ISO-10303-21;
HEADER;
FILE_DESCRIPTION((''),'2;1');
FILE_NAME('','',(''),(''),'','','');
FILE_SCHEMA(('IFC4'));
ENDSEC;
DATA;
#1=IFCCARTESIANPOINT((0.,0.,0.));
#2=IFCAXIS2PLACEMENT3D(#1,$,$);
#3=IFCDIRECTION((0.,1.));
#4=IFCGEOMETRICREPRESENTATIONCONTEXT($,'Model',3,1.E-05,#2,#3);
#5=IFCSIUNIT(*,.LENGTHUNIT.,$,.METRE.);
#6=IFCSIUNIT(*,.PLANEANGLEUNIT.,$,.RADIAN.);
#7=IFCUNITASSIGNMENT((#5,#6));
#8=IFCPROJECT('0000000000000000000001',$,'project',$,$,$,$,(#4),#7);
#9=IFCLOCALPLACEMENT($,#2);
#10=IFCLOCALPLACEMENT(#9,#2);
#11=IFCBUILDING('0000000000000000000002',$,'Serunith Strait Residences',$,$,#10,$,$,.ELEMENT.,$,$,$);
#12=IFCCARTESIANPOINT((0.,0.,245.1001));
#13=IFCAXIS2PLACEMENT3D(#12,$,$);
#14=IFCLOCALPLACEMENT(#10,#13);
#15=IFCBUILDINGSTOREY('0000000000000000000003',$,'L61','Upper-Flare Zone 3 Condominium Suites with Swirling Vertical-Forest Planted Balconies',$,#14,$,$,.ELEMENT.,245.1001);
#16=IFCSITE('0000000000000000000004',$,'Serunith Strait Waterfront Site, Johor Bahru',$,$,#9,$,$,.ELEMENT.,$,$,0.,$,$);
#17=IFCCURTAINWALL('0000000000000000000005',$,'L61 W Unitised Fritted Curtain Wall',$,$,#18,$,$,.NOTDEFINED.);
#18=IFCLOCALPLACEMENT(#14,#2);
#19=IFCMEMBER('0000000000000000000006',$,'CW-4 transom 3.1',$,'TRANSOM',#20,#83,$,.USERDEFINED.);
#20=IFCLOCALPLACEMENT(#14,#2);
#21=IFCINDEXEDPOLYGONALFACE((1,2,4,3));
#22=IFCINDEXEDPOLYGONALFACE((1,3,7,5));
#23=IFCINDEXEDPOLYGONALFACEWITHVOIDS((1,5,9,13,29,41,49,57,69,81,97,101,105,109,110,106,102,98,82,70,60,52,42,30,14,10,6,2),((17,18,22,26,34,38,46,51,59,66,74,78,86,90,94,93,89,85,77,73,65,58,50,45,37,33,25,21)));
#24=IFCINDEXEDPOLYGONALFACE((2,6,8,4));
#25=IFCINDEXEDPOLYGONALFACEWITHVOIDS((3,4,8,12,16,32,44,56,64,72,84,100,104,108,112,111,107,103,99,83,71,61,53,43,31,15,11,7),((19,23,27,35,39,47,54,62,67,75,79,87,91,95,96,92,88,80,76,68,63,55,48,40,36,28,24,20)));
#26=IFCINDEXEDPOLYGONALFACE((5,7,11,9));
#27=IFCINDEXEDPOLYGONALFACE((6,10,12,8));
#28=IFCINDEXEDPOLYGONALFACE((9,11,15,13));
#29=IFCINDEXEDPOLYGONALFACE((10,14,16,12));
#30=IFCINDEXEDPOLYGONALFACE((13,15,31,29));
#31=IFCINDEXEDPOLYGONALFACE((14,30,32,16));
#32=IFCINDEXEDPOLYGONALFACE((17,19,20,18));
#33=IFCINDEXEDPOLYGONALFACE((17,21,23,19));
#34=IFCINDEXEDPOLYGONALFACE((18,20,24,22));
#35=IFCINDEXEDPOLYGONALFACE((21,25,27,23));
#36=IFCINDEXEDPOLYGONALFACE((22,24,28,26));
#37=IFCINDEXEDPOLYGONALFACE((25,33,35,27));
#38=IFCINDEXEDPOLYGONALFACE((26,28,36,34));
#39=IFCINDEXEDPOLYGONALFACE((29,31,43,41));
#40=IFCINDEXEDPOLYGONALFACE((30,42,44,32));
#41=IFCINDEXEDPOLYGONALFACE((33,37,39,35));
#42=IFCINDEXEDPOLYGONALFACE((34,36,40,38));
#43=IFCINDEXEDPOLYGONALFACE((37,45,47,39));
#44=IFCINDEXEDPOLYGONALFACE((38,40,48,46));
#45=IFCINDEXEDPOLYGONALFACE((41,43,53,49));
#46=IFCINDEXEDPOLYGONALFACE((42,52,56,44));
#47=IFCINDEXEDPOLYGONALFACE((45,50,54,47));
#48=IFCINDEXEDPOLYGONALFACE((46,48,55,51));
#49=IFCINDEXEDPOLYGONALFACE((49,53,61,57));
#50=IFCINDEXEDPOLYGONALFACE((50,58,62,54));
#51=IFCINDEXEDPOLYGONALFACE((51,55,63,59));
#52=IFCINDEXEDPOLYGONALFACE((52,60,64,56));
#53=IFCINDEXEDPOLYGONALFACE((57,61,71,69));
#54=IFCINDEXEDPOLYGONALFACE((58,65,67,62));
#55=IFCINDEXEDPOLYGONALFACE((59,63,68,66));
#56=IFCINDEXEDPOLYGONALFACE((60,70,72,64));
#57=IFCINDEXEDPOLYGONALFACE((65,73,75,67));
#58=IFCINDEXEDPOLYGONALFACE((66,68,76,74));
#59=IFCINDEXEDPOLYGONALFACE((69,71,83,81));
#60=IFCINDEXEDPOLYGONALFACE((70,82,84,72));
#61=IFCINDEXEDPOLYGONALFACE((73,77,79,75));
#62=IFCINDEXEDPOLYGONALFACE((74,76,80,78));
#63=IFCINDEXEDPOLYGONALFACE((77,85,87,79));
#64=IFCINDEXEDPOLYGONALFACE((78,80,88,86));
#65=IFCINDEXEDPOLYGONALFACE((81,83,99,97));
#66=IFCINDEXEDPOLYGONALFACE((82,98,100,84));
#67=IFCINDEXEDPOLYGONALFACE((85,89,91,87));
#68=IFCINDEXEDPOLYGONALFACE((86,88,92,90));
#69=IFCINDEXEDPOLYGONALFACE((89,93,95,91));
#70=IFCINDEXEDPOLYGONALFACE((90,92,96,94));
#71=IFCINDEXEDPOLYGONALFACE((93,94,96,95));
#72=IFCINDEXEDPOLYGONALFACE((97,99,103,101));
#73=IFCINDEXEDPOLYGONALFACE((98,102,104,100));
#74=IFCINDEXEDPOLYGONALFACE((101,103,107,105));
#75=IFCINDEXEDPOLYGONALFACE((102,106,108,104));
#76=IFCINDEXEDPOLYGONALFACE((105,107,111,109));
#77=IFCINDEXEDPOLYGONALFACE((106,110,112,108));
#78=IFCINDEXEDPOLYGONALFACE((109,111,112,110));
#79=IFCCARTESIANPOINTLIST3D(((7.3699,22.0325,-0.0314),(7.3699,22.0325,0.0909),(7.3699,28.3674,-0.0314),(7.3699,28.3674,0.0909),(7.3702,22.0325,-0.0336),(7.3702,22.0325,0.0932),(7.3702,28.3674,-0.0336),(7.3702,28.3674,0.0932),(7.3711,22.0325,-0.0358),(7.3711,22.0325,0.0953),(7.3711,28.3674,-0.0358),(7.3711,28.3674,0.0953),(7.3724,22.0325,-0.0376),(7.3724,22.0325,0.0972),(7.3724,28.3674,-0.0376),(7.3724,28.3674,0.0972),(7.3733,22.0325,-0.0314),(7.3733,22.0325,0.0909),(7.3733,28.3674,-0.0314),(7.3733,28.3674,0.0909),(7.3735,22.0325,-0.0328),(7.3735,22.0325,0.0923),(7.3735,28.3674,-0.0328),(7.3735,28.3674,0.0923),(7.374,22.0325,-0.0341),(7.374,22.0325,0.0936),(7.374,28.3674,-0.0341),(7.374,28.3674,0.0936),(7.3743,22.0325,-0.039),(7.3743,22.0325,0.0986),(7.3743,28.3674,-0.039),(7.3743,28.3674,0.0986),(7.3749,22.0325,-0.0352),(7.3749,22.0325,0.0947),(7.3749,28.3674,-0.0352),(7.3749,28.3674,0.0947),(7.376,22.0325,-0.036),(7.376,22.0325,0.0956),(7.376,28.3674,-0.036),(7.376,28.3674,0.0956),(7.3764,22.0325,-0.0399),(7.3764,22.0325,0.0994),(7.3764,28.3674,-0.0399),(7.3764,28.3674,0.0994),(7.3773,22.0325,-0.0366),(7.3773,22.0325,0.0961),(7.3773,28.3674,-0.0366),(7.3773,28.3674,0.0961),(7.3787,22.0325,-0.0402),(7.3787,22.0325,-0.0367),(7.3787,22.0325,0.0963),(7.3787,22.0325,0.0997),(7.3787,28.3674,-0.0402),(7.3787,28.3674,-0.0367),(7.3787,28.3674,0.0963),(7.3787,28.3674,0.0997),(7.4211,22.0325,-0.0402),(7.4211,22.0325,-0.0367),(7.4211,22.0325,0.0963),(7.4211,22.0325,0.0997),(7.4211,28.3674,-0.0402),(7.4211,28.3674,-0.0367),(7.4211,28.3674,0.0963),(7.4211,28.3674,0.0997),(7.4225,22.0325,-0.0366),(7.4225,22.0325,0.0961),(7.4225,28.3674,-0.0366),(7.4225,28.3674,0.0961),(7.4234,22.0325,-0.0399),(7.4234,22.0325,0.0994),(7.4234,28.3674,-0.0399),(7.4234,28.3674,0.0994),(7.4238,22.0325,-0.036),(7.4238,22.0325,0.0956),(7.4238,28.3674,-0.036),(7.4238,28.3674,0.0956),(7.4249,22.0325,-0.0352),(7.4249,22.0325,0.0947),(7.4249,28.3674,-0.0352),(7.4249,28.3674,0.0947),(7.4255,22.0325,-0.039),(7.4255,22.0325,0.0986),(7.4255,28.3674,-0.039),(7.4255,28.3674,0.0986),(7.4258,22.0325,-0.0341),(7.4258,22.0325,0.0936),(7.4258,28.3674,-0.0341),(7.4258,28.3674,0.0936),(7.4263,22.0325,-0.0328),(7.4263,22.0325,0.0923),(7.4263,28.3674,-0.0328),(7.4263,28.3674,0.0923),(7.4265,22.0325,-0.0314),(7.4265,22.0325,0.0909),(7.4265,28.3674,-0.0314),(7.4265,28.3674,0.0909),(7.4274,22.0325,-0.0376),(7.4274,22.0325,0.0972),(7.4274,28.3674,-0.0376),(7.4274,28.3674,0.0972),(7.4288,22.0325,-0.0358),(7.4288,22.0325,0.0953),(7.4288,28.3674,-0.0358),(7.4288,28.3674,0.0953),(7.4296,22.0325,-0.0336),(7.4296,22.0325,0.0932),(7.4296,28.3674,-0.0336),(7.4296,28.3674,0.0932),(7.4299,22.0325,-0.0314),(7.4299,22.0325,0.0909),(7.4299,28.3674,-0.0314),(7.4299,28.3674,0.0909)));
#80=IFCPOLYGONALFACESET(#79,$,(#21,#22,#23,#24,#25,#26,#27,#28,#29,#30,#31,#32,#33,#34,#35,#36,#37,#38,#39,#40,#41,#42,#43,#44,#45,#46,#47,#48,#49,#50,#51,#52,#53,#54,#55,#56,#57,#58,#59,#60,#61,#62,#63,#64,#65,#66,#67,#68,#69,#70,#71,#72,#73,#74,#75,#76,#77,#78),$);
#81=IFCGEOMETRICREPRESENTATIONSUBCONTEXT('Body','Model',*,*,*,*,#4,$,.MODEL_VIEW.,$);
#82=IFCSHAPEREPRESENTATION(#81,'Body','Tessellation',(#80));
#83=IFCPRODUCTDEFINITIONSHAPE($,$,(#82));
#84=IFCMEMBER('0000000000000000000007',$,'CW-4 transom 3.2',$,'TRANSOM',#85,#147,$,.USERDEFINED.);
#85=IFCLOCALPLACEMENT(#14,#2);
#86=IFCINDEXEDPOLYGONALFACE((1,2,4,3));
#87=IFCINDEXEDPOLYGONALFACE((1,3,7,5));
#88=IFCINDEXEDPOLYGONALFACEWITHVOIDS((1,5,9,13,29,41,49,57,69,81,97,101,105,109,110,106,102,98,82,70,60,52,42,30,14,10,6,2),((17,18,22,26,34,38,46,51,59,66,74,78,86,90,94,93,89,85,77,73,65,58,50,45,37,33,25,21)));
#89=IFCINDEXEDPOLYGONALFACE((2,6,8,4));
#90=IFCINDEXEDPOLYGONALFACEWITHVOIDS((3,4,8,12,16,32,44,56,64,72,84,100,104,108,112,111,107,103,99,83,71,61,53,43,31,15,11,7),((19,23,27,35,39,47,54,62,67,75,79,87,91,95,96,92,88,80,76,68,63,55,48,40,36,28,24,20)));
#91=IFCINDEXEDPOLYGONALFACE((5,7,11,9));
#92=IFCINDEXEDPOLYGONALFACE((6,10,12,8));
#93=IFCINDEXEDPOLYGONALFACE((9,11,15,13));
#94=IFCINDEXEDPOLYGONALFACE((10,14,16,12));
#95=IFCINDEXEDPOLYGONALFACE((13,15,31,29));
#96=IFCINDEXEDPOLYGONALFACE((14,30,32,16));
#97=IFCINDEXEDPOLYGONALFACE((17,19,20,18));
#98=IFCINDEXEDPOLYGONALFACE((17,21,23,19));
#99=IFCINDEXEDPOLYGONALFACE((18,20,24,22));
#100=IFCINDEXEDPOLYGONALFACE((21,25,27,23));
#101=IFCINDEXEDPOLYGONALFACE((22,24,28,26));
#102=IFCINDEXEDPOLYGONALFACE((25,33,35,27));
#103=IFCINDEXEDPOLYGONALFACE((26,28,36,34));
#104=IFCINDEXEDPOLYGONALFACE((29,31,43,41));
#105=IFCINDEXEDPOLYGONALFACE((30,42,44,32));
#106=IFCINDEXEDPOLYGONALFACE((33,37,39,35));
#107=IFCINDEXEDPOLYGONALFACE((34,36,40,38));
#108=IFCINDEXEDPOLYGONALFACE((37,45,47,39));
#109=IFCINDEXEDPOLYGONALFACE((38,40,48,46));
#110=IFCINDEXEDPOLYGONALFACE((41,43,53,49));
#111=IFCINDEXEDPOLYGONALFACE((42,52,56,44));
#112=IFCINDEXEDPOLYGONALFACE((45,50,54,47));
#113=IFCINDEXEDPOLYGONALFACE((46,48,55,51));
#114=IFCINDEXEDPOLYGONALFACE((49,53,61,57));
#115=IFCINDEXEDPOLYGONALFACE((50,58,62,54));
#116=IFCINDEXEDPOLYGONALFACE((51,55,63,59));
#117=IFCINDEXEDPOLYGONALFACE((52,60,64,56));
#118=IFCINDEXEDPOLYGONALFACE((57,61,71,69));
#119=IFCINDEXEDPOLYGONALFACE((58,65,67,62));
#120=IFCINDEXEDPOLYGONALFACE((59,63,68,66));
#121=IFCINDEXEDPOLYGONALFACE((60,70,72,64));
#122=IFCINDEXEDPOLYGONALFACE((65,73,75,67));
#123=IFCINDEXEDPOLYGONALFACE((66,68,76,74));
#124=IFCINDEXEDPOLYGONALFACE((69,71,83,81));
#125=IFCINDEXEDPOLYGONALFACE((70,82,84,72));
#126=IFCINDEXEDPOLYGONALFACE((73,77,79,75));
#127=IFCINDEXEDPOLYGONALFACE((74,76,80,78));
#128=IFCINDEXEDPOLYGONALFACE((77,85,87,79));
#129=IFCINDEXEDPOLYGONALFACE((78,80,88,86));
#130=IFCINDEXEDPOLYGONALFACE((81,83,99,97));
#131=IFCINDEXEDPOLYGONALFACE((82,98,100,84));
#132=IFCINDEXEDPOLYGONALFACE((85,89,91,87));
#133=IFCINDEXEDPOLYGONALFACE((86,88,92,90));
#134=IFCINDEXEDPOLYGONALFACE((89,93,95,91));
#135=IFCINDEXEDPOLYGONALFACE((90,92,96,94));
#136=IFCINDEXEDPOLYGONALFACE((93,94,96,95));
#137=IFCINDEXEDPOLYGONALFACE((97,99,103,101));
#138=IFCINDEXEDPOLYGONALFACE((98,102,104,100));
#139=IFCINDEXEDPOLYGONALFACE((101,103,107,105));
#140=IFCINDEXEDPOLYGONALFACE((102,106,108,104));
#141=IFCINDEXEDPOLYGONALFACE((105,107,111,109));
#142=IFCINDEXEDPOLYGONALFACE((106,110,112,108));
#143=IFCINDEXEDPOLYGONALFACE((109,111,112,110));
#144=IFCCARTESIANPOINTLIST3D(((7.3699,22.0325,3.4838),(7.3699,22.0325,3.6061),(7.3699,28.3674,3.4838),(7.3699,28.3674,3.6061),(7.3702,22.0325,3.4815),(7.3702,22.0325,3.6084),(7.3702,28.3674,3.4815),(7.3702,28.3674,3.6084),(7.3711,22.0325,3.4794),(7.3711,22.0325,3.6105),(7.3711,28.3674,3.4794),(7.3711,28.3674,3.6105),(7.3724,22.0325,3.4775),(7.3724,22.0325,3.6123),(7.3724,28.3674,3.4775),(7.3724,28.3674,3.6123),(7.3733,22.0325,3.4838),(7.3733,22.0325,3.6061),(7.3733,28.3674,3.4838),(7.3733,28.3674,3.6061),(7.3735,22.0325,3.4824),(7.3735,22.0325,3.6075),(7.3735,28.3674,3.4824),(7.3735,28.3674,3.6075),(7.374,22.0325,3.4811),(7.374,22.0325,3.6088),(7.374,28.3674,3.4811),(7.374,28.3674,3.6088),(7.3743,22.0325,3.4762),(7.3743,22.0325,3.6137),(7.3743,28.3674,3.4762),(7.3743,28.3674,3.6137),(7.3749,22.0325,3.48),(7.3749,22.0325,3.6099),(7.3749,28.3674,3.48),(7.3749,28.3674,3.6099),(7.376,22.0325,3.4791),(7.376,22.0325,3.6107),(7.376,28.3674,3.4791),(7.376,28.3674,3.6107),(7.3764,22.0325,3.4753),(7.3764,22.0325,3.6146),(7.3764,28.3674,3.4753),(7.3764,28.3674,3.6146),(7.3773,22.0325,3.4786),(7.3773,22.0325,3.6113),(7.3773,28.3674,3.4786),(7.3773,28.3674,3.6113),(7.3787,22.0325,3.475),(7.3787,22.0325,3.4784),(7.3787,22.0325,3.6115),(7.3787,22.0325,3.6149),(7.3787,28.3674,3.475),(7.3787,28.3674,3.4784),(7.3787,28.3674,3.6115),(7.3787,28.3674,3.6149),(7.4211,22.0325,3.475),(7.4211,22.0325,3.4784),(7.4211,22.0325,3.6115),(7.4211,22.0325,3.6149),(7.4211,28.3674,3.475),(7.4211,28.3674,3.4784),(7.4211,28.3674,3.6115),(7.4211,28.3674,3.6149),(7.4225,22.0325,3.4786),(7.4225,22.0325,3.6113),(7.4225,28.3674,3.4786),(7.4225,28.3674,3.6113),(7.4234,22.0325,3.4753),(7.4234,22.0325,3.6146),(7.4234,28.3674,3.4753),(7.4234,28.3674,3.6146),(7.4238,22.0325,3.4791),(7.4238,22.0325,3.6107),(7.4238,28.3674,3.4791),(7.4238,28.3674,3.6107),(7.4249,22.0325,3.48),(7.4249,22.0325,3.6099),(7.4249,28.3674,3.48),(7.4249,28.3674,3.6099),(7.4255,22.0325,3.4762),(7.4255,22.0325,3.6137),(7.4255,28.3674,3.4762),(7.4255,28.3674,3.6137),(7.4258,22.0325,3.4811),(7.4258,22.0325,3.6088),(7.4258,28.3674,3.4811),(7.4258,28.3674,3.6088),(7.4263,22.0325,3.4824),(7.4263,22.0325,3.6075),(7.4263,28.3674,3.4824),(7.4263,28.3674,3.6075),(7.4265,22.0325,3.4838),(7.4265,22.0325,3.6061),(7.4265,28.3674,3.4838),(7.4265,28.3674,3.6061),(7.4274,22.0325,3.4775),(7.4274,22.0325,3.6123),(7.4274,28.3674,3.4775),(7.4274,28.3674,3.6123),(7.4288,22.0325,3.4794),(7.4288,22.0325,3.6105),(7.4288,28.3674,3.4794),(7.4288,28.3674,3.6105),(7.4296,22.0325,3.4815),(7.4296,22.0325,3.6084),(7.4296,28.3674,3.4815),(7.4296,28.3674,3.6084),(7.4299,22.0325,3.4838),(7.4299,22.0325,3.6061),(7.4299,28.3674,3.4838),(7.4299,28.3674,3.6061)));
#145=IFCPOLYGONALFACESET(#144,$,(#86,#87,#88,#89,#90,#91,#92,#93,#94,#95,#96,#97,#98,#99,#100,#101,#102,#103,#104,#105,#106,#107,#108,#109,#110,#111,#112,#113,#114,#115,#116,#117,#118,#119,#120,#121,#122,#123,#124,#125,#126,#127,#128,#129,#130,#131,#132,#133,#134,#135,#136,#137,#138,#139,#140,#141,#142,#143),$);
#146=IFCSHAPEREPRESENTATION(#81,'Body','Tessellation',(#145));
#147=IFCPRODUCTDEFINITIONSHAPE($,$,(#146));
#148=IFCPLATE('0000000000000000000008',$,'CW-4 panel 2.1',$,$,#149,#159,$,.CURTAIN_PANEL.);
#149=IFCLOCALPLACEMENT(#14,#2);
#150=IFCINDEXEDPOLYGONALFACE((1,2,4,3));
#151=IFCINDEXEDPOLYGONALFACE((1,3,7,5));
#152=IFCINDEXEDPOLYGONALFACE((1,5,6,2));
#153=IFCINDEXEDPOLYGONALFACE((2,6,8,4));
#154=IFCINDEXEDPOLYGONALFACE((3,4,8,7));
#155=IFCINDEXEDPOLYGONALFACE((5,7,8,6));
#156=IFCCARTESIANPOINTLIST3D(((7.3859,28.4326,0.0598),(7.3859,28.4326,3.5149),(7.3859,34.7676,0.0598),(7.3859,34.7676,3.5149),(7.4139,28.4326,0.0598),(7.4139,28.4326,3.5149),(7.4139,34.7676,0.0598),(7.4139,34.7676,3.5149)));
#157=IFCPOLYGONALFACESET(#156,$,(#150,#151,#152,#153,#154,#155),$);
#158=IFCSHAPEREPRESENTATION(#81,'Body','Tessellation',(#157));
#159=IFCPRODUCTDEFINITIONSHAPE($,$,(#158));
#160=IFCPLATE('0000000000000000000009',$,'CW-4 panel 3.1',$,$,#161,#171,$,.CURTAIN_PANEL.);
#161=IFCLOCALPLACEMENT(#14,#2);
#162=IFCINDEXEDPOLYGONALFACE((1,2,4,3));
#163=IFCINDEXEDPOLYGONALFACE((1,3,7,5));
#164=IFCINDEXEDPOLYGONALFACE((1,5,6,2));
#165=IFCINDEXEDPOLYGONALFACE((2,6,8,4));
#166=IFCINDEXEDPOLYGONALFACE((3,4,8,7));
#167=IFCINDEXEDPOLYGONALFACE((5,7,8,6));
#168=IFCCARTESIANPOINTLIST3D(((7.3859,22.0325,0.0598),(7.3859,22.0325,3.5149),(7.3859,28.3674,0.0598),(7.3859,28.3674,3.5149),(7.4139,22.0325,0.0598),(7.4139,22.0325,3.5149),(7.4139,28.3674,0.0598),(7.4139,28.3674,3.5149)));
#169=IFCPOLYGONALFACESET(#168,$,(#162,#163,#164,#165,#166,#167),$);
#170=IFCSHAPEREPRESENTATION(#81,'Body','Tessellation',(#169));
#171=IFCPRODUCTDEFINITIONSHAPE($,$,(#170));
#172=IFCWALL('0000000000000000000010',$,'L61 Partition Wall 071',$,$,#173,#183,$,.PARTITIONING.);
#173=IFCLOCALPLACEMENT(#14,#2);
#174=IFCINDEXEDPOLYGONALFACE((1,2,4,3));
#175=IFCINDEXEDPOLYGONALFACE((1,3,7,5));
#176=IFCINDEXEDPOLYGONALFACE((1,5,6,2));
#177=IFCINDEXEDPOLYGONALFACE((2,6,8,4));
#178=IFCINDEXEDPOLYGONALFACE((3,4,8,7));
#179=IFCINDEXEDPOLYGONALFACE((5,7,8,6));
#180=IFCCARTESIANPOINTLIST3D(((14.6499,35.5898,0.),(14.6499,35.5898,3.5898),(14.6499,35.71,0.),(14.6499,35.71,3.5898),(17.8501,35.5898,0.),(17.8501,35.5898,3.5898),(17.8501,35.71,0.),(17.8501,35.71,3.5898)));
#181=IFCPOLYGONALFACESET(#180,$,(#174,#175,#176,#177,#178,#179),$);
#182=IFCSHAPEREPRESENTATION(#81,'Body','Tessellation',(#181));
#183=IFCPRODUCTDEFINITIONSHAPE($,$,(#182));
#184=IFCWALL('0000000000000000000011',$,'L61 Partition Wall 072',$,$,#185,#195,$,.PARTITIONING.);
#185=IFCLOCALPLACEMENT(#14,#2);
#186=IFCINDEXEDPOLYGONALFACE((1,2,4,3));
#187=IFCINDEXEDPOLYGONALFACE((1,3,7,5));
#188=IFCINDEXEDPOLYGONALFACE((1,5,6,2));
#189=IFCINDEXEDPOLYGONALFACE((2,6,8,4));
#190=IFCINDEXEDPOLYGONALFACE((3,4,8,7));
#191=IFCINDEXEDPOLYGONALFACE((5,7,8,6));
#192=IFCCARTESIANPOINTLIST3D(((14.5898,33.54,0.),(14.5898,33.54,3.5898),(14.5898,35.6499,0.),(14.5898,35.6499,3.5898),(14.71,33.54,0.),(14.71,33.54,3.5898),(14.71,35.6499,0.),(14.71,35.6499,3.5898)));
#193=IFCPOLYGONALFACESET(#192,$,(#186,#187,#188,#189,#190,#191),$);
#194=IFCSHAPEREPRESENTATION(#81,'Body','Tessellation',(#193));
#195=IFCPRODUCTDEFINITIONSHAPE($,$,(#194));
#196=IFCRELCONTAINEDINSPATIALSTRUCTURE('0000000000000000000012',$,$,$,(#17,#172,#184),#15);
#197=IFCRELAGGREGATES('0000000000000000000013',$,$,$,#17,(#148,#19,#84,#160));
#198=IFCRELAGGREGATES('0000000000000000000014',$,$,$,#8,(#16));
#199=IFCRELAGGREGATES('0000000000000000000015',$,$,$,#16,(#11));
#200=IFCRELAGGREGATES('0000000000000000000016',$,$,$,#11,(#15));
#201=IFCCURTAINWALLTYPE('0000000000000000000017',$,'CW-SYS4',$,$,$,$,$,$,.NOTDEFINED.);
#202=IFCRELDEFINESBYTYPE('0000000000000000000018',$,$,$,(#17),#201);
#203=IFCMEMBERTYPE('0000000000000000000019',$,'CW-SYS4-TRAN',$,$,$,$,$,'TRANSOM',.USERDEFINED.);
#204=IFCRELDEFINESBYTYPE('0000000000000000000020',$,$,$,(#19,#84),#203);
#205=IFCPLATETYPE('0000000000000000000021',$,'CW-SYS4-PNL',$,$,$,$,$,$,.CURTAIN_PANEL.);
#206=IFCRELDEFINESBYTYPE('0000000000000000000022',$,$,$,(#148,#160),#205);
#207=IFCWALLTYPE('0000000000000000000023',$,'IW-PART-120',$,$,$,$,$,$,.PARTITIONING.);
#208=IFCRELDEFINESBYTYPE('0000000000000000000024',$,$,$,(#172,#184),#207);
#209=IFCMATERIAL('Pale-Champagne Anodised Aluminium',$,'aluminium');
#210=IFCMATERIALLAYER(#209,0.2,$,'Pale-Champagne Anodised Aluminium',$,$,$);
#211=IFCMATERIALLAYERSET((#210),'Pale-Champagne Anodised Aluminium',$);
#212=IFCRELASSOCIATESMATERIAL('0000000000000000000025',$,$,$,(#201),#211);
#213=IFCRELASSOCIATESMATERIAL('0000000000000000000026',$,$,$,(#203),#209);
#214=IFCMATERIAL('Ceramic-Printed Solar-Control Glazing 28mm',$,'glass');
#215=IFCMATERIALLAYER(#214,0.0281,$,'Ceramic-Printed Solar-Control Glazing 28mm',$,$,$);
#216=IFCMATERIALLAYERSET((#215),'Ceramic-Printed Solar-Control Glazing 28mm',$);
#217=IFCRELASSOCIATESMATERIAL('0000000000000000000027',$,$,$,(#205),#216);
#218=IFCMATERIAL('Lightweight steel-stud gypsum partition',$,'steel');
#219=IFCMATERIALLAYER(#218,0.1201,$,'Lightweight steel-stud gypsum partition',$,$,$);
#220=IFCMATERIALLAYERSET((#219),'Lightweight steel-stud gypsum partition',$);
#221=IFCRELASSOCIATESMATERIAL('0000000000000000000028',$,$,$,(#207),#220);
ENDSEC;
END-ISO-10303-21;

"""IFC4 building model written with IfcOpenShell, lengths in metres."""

from ifc_helpers import new_model, si_unit, direction, frame, frame_2d, origin, origin_2d, place, context, subcontext, project, spatial, rectangle, hollow_rectangle, extrude, source, transform, mapped, material, layer, layer_set, material_profile, profile_set, type_object, element, aggregate, save


model = new_model("IFC4")

# Units and contexts
model_context = context("Model", 3, precision=1e-05, world=origin(), true_north=direction((0.0, 1.0)))
body_context = subcontext(model_context, "Body", "Model", "MODEL_VIEW")
ifc_project = project(units=[si_unit("LENGTHUNIT", "METRE"), si_unit("PLANEANGLEUNIT", "RADIAN")], contexts=[model_context])

# Site, building, storey
site_placement = place(None, origin())
site = spatial("IfcSite", under=ifc_project, at=site_placement, Name="Serunith Strait Waterfront Site, Johor Bahru", CompositionType="ELEMENT", RefElevation=0.0)
building_placement = place(site_placement, origin())
building = spatial("IfcBuilding", under=site, at=building_placement, Name="Serunith Strait Residences", CompositionType="ELEMENT")
storey_placement = place(building_placement, frame((0.0, 0.0, 245.1001)))
storey = spatial("IfcBuildingStorey", under=building, at=storey_placement, Name="L61", Description="Upper-Flare Zone 3 Condominium Suites with Swirling Vertical-Forest Planted Balconies", CompositionType="ELEMENT", Elevation=245.1001)

# Curtain wall, members, plates
ifc_material_1 = material(Name="Pale-Champagne Anodised Aluminium", Category="aluminium")
ifc_layer_1 = layer(ifc_material_1, 0.2, Name="Pale-Champagne Anodised Aluminium")
ifc_layer_set_1 = layer_set([ifc_layer_1], Name="Pale-Champagne Anodised Aluminium")
curtain_wall_type = type_object("IfcCurtainWallType", Name="CW-SYS4", PredefinedType="NOTDEFINED", material=ifc_layer_set_1)
curtain_wall_placement = place(storey_placement, origin())
curtain_wall = element("IfcCurtainWall", 1, at=curtain_wall_placement, inside=storey, type_object=curtain_wall_type, Name="L61 W Unitised Fritted Curtain Wall", PredefinedType="NOTDEFINED")
ifc_material_profile_1 = material_profile(ifc_material_1, hollow_rectangle(XDim=0.0601, YDim=0.1399, WallThickness=0.0034, InnerFilletRadius=0.0054, OuterFilletRadius=0.0088, at=origin_2d()), Name="ALU 140x60x3.5")
ifc_profile_set_1 = profile_set([ifc_material_profile_1], Name="Pale-Champagne Anodised Aluminium")
member_type_1 = type_object("IfcMemberType", Name="CW-SYS4-TRAN", ElementType="TRANSOM", PredefinedType="USERDEFINED", material=ifc_profile_set_1)
shared_shape_1 = source(origin(), body_context, "Body", "SweptSolid", [
    extrude(hollow_rectangle(XDim=0.0601, YDim=0.1399, WallThickness=0.0034, InnerFilletRadius=0.0054, OuterFilletRadius=0.0088, at=origin_2d()), origin(), (0.0, 0.0, 1.0), 6.335),
])
member_1_placement = place(storey_placement, frame((7.3999, 28.3674, 0.0298), z_axis=(0.0, -1.0, 0.0), x_axis=(1.0, 0.0, 0.0)))
member_1 = element("IfcMember", 2, at=member_1_placement, type_object=member_type_1, Name="CW-4 transom 3.1", ObjectType="TRANSOM", PredefinedType="USERDEFINED", context=body_context, shape_type="MappedRepresentation", body=[
    mapped(shared_shape_1, transform((0.0, 0.0, 0.0), scale=1.0)),
])
member_2_placement = place(storey_placement, frame((7.3999, 28.3674, 3.5449), z_axis=(0.0, -1.0, 0.0), x_axis=(1.0, 0.0, 0.0)))
member_2 = element("IfcMember", 3, at=member_2_placement, type_object=member_type_1, Name="CW-4 transom 3.2", ObjectType="TRANSOM", PredefinedType="USERDEFINED", context=body_context, shape_type="MappedRepresentation", body=[
    mapped(shared_shape_1, transform((0.0, 0.0, 0.0), scale=1.0)),
])
ifc_material_2 = material(Name="Ceramic-Printed Solar-Control Glazing 28mm", Category="glass")
ifc_layer_2 = layer(ifc_material_2, 0.0281, Name="Ceramic-Printed Solar-Control Glazing 28mm")
ifc_layer_set_2 = layer_set([ifc_layer_2], Name="Ceramic-Printed Solar-Control Glazing 28mm")
plate_type = type_object("IfcPlateType", Name="CW-SYS4-PNL", PredefinedType="CURTAIN_PANEL", material=ifc_layer_set_2)
shared_shape_2 = source(origin(), body_context, "Body", "SweptSolid", [
    extrude(rectangle(XDim=6.335, YDim=0.0281, at=origin_2d()), origin(), (0.0, 0.0, 1.0), 3.4551),
])
plate_1_placement = place(storey_placement, frame((7.3999, 31.6001, 0.0598), z_axis=(0.0, 0.0, 1.0), x_axis=(0.0, -1.0, 0.0)))
plate_1 = element("IfcPlate", 4, at=plate_1_placement, type_object=plate_type, Name="CW-4 panel 2.1", PredefinedType="CURTAIN_PANEL", context=body_context, shape_type="MappedRepresentation", body=[
    mapped(shared_shape_2, transform((0.0, 0.0, 0.0), scale=1.0)),
])
plate_2_placement = place(storey_placement, frame((7.3999, 25.2, 0.0598), z_axis=(0.0, 0.0, 1.0), x_axis=(0.0, -1.0, 0.0)))
plate_2 = element("IfcPlate", 5, at=plate_2_placement, type_object=plate_type, Name="CW-4 panel 3.1", PredefinedType="CURTAIN_PANEL", context=body_context, shape_type="MappedRepresentation", body=[
    mapped(shared_shape_2, transform((0.0, 0.0, 0.0), scale=1.0)),
])
aggregate(curtain_wall, [plate_1, member_1, member_2, plate_2])

# Walls
ifc_material_3 = material(Name="Lightweight steel-stud gypsum partition", Category="steel")
ifc_layer_3 = layer(ifc_material_3, 0.1201, Name="Lightweight steel-stud gypsum partition")
ifc_layer_set_3 = layer_set([ifc_layer_3], Name="Lightweight steel-stud gypsum partition")
wall_type_1 = type_object("IfcWallType", Name="IW-PART-120", PredefinedType="PARTITIONING", material=ifc_layer_set_3)
wall_1_placement = place(storey_placement, frame((14.6499, 35.6499, 0.0), z_axis=(0.0, 0.0, 1.0), x_axis=(1.0, 0.0, 0.0)))
element("IfcWall", 6, at=wall_1_placement, inside=storey, type_object=wall_type_1, Name="L61 Partition Wall 071", PredefinedType="PARTITIONING", context=body_context, shape_type="SweptSolid", body=[
    extrude(rectangle(XDim=3.2002, YDim=0.1201, at=frame_2d((1.6001, 0.0))), origin(), (0.0, 0.0, 1.0), 3.5898),
])
wall_2_placement = place(storey_placement, frame((14.6499, 35.6499, 0.0), z_axis=(0.0, 0.0, 1.0), x_axis=(0.0, -1.0, 0.0)))
element("IfcWall", 7, at=wall_2_placement, inside=storey, type_object=wall_type_1, Name="L61 Partition Wall 072", PredefinedType="PARTITIONING", context=body_context, shape_type="SweptSolid", body=[
    extrude(rectangle(XDim=2.1099, YDim=0.1201, at=frame_2d((1.0549, 0.0))), origin(), (0.0, 0.0, 1.0), 3.5898),
])

save(model, "model.ifc")
